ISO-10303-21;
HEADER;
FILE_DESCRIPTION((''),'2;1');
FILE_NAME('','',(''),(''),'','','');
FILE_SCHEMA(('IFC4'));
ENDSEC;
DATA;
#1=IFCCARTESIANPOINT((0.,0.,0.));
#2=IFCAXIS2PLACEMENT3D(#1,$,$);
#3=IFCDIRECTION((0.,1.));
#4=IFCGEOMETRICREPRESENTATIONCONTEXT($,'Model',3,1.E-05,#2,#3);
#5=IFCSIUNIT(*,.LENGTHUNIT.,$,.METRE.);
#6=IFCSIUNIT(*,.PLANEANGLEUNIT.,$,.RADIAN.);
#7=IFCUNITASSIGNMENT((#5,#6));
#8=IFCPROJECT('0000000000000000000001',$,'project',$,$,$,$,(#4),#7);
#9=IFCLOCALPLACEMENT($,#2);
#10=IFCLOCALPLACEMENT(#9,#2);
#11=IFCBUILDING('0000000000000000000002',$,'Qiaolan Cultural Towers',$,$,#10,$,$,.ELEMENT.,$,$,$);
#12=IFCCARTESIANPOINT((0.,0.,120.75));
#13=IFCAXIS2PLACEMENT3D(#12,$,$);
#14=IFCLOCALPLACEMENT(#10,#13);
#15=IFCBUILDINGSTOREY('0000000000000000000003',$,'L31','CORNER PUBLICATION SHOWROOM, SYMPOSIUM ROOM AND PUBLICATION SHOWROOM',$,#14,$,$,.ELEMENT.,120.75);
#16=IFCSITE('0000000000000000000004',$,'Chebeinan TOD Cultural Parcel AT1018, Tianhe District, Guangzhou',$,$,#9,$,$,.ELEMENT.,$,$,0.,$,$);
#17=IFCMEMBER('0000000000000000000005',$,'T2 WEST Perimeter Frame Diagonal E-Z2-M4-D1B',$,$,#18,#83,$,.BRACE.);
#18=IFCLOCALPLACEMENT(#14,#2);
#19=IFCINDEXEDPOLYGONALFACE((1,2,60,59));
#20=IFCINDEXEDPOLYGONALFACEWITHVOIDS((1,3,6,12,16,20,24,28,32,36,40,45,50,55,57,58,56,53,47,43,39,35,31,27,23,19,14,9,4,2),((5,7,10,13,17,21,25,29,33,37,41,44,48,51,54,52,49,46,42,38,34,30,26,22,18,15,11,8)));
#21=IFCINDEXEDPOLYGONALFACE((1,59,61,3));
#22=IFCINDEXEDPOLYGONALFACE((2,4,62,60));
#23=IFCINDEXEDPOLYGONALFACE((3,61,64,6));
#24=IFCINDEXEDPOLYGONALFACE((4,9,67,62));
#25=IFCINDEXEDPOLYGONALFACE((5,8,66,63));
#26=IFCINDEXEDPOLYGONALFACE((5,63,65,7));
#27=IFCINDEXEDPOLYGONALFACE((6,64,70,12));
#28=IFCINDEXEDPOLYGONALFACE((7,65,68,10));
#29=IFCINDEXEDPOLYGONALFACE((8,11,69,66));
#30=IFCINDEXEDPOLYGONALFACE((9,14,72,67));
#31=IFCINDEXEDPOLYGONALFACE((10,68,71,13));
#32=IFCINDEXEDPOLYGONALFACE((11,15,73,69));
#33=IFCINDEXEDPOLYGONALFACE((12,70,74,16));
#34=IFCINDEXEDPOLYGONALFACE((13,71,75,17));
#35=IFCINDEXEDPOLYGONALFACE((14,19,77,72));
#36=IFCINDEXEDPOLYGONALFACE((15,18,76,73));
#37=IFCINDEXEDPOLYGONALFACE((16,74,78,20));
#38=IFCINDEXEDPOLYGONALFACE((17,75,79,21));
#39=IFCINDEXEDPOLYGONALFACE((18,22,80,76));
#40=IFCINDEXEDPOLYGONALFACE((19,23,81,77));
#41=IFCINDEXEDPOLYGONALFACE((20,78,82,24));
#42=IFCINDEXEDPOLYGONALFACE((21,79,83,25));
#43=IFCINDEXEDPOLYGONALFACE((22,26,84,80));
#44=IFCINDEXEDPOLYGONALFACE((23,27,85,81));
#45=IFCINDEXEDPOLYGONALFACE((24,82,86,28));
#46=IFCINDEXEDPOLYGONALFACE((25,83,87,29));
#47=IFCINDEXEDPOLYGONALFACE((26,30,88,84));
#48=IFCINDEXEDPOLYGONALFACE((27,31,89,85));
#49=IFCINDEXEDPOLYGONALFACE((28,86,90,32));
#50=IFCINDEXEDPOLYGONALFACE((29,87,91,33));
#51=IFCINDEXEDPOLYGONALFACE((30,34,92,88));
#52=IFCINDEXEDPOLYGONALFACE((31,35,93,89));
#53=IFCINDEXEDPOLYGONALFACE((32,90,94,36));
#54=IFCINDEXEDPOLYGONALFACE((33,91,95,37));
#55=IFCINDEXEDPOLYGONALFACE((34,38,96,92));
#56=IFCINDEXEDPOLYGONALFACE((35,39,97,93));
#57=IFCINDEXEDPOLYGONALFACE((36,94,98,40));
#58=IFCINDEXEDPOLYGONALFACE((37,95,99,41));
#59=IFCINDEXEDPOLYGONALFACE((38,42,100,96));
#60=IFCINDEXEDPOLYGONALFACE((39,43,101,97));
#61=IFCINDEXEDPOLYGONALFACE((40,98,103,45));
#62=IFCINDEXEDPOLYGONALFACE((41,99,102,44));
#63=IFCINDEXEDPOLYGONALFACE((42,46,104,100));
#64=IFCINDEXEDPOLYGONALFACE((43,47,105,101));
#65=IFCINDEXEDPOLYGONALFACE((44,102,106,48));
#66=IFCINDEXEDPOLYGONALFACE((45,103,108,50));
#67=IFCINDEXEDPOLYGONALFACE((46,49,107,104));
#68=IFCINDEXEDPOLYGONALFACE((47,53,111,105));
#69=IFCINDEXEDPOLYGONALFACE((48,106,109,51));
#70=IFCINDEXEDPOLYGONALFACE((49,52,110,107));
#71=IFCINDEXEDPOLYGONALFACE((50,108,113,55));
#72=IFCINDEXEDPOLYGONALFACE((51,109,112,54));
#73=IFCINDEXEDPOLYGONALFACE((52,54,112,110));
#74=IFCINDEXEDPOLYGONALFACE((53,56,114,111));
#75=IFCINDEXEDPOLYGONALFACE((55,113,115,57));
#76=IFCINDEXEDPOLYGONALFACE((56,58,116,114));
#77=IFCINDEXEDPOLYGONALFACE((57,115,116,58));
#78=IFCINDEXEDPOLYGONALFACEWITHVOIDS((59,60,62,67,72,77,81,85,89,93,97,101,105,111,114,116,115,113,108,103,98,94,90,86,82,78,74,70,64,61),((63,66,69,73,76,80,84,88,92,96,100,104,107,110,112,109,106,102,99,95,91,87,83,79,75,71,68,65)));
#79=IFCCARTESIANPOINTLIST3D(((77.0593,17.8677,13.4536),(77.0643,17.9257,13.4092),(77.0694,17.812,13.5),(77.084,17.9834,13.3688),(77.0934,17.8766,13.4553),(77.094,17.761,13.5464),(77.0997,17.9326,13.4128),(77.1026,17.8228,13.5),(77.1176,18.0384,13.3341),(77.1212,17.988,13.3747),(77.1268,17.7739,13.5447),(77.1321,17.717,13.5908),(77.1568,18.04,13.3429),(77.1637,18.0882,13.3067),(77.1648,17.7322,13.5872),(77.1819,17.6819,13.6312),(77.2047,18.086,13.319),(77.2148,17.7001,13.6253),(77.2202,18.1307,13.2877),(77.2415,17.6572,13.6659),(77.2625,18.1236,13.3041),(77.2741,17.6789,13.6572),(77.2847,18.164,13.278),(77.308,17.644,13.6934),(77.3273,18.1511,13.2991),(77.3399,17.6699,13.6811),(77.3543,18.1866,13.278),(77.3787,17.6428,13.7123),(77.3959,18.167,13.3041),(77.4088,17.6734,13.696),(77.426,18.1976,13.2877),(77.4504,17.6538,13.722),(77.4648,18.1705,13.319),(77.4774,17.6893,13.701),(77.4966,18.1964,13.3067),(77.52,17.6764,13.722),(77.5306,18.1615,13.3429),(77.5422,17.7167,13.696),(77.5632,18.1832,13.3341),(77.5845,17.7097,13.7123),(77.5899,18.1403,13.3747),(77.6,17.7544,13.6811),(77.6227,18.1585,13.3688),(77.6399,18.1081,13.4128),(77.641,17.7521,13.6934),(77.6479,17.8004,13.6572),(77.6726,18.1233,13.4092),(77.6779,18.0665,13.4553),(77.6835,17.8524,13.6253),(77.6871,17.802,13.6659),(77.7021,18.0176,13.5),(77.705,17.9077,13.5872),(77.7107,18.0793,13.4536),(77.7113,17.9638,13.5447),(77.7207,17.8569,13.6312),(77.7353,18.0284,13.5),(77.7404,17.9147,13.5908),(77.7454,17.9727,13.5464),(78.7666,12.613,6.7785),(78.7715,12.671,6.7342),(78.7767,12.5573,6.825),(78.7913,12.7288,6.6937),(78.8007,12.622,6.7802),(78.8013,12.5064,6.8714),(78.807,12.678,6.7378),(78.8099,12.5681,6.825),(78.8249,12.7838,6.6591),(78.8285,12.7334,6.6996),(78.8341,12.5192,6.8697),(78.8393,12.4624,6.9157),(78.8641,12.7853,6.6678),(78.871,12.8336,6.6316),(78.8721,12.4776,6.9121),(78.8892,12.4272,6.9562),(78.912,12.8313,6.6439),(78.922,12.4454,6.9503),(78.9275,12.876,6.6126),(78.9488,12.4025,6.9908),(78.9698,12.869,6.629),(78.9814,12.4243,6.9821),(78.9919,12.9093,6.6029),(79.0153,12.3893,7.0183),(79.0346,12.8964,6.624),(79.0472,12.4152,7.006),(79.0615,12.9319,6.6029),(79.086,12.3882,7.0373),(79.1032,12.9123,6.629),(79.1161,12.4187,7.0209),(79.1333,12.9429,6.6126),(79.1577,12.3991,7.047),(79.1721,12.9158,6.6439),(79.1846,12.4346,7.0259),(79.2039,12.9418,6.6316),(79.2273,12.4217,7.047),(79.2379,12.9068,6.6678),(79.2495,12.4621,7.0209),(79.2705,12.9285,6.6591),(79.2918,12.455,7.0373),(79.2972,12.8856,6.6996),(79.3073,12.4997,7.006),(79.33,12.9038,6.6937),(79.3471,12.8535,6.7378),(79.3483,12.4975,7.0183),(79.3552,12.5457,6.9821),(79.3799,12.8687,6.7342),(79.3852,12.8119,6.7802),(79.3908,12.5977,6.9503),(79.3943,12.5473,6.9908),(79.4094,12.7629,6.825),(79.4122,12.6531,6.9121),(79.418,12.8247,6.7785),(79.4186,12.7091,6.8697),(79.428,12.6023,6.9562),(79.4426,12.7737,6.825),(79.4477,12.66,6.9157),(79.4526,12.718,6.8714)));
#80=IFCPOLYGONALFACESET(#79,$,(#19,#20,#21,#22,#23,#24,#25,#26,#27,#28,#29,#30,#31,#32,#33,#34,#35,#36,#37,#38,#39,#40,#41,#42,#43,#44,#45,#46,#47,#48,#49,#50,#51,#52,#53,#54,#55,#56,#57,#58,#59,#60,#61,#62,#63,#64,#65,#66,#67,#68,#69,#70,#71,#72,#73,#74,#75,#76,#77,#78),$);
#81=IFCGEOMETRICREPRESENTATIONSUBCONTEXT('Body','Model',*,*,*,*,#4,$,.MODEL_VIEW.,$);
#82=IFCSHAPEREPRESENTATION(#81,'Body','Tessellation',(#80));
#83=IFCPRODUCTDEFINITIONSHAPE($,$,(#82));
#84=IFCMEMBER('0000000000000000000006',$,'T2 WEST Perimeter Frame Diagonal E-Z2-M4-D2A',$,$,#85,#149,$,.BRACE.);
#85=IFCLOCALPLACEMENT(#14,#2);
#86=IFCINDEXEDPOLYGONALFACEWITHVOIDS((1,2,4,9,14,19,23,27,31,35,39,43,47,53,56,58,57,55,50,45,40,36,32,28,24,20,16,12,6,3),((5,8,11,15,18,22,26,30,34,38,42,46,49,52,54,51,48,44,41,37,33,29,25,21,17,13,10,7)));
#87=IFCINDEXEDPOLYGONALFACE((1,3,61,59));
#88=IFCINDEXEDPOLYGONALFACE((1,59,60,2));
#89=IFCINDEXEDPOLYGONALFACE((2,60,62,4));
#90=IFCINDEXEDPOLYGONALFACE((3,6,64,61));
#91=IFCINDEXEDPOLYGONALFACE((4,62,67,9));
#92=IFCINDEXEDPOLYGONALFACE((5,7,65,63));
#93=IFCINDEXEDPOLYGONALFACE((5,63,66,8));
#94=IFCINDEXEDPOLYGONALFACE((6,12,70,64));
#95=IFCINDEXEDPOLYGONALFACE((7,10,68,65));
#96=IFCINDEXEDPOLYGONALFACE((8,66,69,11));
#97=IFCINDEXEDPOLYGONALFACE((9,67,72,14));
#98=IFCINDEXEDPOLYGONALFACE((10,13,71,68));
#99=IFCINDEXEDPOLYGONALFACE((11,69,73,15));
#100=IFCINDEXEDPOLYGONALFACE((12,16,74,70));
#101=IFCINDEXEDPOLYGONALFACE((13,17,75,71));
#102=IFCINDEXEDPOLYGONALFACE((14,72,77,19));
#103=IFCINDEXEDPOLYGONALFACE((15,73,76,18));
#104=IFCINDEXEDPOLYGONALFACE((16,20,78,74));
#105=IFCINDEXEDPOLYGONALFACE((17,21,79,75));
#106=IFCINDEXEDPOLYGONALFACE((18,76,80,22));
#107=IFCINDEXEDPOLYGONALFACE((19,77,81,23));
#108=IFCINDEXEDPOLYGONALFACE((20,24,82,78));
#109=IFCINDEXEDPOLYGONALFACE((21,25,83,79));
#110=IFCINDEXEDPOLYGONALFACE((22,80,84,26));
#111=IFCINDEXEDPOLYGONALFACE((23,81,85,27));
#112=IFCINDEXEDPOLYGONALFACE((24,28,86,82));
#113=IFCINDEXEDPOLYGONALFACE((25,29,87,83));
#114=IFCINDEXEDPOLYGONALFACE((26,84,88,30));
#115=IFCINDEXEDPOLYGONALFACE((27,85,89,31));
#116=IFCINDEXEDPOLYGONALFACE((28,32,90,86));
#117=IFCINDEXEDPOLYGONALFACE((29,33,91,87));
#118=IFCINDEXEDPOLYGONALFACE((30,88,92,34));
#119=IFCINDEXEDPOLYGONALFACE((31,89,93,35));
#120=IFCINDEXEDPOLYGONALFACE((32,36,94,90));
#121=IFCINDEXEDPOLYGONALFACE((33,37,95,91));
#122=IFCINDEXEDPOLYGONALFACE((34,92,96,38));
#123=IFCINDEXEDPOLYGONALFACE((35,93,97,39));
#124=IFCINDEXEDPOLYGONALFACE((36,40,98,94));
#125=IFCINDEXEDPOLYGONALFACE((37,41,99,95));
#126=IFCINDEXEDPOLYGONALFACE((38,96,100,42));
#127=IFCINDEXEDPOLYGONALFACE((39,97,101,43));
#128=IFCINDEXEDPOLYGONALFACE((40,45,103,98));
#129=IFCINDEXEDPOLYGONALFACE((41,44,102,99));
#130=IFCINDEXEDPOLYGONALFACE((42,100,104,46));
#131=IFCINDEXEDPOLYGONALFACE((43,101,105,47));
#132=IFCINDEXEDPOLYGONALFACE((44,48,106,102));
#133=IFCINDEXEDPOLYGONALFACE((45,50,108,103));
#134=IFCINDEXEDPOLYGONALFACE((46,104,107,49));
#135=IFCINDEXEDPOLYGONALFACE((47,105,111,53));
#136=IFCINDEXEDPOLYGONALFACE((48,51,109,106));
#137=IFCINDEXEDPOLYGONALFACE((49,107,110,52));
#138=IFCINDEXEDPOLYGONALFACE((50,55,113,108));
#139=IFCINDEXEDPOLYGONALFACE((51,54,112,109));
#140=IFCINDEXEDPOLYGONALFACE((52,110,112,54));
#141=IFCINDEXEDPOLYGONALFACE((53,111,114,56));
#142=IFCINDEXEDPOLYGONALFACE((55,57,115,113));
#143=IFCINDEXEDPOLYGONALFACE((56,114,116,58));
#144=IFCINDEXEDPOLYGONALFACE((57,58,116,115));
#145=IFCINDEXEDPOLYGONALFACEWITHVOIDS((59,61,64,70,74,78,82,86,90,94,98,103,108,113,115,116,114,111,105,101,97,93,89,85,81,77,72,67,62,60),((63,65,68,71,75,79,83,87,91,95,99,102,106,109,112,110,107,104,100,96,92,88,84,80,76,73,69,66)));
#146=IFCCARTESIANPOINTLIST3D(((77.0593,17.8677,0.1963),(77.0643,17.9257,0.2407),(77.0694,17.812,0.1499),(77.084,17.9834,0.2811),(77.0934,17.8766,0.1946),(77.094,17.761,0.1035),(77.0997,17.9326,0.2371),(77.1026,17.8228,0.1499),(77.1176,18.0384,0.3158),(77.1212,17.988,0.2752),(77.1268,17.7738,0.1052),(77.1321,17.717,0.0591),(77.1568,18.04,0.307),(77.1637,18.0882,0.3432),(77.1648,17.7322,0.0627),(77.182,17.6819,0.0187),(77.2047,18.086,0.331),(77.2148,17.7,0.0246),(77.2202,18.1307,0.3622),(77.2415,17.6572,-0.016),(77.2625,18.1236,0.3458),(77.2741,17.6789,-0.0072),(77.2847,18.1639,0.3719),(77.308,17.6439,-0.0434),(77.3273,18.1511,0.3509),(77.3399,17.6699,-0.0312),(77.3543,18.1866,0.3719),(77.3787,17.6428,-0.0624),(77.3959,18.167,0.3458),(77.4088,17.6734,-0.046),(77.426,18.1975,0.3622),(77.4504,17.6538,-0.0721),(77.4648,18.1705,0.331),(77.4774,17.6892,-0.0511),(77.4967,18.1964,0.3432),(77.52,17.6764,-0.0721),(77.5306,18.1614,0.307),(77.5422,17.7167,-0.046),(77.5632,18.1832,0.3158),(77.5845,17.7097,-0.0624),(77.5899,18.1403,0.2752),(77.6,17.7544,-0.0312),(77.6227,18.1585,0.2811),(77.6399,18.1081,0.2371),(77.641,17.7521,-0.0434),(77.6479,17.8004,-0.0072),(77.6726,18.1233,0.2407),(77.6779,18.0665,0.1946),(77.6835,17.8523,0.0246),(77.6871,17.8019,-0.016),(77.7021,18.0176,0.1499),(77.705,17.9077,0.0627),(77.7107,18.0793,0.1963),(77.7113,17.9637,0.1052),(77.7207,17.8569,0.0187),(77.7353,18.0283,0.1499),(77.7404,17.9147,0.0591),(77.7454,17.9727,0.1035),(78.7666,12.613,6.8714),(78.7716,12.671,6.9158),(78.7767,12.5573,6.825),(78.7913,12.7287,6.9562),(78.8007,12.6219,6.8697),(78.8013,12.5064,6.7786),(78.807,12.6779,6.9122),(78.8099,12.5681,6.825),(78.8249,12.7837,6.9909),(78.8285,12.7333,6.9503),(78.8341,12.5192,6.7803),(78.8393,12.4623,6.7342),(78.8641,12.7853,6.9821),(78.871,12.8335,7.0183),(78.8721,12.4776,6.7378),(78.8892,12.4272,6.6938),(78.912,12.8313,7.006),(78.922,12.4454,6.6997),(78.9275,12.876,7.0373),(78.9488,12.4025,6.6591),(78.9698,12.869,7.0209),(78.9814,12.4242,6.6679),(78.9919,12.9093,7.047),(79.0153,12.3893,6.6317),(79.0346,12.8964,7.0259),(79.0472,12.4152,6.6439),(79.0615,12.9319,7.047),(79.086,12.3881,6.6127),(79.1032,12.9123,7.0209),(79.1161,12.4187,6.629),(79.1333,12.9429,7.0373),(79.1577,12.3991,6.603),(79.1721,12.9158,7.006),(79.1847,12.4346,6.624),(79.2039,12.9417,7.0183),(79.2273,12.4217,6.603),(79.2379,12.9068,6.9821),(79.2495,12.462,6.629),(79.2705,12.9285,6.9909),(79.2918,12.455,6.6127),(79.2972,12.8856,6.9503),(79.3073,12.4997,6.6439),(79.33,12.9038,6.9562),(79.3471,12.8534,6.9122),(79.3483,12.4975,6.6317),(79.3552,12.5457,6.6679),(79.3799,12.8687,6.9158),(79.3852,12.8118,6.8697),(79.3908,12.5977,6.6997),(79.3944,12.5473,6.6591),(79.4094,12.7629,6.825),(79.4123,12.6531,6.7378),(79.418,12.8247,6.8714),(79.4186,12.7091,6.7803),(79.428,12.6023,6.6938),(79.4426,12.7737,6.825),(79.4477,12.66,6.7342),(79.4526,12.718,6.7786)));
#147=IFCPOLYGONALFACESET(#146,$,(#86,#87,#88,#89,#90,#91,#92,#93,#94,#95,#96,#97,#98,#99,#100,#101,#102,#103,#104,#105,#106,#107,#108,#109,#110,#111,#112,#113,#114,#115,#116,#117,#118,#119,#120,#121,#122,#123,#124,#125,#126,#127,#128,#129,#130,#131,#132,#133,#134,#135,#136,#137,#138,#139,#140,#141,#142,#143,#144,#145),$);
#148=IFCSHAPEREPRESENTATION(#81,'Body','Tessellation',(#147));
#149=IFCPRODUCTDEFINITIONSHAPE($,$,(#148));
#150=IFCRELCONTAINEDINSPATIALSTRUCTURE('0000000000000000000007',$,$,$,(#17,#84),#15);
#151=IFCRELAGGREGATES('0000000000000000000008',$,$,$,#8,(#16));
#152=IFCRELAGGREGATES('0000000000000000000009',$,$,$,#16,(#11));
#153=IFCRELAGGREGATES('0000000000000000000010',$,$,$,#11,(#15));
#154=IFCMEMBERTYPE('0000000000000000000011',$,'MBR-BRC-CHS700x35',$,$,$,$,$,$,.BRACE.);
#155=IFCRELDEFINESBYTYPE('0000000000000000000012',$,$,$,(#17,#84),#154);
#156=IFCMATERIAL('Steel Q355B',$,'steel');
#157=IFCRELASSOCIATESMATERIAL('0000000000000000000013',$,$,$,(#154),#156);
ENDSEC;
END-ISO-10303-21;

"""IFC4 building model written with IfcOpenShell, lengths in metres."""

from ifc_helpers import new_model, si_unit, direction, frame, origin, origin_2d, place, context, subcontext, project, spatial, hollow_circle, extrude, material, material_profile, profile_set, type_object, element, save


model = new_model("IFC4")

# Units and contexts
model_context = context("Model", 3, precision=1e-05, world=origin(), true_north=direction((0.0, 1.0)))
body_context = subcontext(model_context, "Body", "Model", "MODEL_VIEW")
ifc_project = project(units=[si_unit("LENGTHUNIT", "METRE"), si_unit("PLANEANGLEUNIT", "RADIAN")], contexts=[model_context])

# Site, building, storey
site_placement = place(None, origin())
site = spatial("IfcSite", under=ifc_project, at=site_placement, Name="Chebeinan TOD Cultural Parcel AT1018, Tianhe District, Guangzhou", CompositionType="ELEMENT", RefElevation=0.0)
building_placement = place(site_placement, origin())
building = spatial("IfcBuilding", under=site, at=building_placement, Name="Qiaolan Cultural Towers", CompositionType="ELEMENT")
storey_placement = place(building_placement, frame((0.0, 0.0, 120.75)))
storey = spatial("IfcBuildingStorey", under=building, at=storey_placement, Name="L31", Description="CORNER PUBLICATION SHOWROOM, SYMPOSIUM ROOM AND PUBLICATION SHOWROOM", CompositionType="ELEMENT", Elevation=120.75)

# Members
ifc_material_1 = material(Name="Steel Q355B", Category="steel")
ifc_material_profile_1 = material_profile(ifc_material_1, hollow_circle(Radius=0.3501, WallThickness=0.0349, at=origin_2d()), Name="CHS700x35")
ifc_profile_set_1 = profile_set([ifc_material_profile_1], Name="Steel Q355B")
member_type = type_object("IfcMemberType", Name="MBR-BRC-CHS700x35", PredefinedType="BRACE", material=ifc_profile_set_1)
for number, where, z_axis, x_axis, name in (
    (1, (79.1096, 12.6655, 6.825), (-0.197031, 0.606421, 0.770346), (-0.95106, -0.309007, 0.0), "T2 WEST Perimeter Frame Diagonal E-Z2-M4-D1B"),
    (2, (77.4023, 17.9202, 0.1499), (0.197031, -0.606421, 0.770346), (0.95106, 0.309007, 0.0), "T2 WEST Perimeter Frame Diagonal E-Z2-M4-D2A"),
):
    element("IfcMember", number, at=place(storey_placement, frame(where, z_axis=z_axis, x_axis=x_axis)), inside=storey, type_object=member_type, Name=name, PredefinedType="BRACE", context=body_context, shape_type="SweptSolid", body=[
        extrude(hollow_circle(Radius=0.3501, WallThickness=0.0349, at=origin_2d()), origin(), (0.0, 0.0, 1.0), 8.665),
    ])

save(model, "model.ifc")
